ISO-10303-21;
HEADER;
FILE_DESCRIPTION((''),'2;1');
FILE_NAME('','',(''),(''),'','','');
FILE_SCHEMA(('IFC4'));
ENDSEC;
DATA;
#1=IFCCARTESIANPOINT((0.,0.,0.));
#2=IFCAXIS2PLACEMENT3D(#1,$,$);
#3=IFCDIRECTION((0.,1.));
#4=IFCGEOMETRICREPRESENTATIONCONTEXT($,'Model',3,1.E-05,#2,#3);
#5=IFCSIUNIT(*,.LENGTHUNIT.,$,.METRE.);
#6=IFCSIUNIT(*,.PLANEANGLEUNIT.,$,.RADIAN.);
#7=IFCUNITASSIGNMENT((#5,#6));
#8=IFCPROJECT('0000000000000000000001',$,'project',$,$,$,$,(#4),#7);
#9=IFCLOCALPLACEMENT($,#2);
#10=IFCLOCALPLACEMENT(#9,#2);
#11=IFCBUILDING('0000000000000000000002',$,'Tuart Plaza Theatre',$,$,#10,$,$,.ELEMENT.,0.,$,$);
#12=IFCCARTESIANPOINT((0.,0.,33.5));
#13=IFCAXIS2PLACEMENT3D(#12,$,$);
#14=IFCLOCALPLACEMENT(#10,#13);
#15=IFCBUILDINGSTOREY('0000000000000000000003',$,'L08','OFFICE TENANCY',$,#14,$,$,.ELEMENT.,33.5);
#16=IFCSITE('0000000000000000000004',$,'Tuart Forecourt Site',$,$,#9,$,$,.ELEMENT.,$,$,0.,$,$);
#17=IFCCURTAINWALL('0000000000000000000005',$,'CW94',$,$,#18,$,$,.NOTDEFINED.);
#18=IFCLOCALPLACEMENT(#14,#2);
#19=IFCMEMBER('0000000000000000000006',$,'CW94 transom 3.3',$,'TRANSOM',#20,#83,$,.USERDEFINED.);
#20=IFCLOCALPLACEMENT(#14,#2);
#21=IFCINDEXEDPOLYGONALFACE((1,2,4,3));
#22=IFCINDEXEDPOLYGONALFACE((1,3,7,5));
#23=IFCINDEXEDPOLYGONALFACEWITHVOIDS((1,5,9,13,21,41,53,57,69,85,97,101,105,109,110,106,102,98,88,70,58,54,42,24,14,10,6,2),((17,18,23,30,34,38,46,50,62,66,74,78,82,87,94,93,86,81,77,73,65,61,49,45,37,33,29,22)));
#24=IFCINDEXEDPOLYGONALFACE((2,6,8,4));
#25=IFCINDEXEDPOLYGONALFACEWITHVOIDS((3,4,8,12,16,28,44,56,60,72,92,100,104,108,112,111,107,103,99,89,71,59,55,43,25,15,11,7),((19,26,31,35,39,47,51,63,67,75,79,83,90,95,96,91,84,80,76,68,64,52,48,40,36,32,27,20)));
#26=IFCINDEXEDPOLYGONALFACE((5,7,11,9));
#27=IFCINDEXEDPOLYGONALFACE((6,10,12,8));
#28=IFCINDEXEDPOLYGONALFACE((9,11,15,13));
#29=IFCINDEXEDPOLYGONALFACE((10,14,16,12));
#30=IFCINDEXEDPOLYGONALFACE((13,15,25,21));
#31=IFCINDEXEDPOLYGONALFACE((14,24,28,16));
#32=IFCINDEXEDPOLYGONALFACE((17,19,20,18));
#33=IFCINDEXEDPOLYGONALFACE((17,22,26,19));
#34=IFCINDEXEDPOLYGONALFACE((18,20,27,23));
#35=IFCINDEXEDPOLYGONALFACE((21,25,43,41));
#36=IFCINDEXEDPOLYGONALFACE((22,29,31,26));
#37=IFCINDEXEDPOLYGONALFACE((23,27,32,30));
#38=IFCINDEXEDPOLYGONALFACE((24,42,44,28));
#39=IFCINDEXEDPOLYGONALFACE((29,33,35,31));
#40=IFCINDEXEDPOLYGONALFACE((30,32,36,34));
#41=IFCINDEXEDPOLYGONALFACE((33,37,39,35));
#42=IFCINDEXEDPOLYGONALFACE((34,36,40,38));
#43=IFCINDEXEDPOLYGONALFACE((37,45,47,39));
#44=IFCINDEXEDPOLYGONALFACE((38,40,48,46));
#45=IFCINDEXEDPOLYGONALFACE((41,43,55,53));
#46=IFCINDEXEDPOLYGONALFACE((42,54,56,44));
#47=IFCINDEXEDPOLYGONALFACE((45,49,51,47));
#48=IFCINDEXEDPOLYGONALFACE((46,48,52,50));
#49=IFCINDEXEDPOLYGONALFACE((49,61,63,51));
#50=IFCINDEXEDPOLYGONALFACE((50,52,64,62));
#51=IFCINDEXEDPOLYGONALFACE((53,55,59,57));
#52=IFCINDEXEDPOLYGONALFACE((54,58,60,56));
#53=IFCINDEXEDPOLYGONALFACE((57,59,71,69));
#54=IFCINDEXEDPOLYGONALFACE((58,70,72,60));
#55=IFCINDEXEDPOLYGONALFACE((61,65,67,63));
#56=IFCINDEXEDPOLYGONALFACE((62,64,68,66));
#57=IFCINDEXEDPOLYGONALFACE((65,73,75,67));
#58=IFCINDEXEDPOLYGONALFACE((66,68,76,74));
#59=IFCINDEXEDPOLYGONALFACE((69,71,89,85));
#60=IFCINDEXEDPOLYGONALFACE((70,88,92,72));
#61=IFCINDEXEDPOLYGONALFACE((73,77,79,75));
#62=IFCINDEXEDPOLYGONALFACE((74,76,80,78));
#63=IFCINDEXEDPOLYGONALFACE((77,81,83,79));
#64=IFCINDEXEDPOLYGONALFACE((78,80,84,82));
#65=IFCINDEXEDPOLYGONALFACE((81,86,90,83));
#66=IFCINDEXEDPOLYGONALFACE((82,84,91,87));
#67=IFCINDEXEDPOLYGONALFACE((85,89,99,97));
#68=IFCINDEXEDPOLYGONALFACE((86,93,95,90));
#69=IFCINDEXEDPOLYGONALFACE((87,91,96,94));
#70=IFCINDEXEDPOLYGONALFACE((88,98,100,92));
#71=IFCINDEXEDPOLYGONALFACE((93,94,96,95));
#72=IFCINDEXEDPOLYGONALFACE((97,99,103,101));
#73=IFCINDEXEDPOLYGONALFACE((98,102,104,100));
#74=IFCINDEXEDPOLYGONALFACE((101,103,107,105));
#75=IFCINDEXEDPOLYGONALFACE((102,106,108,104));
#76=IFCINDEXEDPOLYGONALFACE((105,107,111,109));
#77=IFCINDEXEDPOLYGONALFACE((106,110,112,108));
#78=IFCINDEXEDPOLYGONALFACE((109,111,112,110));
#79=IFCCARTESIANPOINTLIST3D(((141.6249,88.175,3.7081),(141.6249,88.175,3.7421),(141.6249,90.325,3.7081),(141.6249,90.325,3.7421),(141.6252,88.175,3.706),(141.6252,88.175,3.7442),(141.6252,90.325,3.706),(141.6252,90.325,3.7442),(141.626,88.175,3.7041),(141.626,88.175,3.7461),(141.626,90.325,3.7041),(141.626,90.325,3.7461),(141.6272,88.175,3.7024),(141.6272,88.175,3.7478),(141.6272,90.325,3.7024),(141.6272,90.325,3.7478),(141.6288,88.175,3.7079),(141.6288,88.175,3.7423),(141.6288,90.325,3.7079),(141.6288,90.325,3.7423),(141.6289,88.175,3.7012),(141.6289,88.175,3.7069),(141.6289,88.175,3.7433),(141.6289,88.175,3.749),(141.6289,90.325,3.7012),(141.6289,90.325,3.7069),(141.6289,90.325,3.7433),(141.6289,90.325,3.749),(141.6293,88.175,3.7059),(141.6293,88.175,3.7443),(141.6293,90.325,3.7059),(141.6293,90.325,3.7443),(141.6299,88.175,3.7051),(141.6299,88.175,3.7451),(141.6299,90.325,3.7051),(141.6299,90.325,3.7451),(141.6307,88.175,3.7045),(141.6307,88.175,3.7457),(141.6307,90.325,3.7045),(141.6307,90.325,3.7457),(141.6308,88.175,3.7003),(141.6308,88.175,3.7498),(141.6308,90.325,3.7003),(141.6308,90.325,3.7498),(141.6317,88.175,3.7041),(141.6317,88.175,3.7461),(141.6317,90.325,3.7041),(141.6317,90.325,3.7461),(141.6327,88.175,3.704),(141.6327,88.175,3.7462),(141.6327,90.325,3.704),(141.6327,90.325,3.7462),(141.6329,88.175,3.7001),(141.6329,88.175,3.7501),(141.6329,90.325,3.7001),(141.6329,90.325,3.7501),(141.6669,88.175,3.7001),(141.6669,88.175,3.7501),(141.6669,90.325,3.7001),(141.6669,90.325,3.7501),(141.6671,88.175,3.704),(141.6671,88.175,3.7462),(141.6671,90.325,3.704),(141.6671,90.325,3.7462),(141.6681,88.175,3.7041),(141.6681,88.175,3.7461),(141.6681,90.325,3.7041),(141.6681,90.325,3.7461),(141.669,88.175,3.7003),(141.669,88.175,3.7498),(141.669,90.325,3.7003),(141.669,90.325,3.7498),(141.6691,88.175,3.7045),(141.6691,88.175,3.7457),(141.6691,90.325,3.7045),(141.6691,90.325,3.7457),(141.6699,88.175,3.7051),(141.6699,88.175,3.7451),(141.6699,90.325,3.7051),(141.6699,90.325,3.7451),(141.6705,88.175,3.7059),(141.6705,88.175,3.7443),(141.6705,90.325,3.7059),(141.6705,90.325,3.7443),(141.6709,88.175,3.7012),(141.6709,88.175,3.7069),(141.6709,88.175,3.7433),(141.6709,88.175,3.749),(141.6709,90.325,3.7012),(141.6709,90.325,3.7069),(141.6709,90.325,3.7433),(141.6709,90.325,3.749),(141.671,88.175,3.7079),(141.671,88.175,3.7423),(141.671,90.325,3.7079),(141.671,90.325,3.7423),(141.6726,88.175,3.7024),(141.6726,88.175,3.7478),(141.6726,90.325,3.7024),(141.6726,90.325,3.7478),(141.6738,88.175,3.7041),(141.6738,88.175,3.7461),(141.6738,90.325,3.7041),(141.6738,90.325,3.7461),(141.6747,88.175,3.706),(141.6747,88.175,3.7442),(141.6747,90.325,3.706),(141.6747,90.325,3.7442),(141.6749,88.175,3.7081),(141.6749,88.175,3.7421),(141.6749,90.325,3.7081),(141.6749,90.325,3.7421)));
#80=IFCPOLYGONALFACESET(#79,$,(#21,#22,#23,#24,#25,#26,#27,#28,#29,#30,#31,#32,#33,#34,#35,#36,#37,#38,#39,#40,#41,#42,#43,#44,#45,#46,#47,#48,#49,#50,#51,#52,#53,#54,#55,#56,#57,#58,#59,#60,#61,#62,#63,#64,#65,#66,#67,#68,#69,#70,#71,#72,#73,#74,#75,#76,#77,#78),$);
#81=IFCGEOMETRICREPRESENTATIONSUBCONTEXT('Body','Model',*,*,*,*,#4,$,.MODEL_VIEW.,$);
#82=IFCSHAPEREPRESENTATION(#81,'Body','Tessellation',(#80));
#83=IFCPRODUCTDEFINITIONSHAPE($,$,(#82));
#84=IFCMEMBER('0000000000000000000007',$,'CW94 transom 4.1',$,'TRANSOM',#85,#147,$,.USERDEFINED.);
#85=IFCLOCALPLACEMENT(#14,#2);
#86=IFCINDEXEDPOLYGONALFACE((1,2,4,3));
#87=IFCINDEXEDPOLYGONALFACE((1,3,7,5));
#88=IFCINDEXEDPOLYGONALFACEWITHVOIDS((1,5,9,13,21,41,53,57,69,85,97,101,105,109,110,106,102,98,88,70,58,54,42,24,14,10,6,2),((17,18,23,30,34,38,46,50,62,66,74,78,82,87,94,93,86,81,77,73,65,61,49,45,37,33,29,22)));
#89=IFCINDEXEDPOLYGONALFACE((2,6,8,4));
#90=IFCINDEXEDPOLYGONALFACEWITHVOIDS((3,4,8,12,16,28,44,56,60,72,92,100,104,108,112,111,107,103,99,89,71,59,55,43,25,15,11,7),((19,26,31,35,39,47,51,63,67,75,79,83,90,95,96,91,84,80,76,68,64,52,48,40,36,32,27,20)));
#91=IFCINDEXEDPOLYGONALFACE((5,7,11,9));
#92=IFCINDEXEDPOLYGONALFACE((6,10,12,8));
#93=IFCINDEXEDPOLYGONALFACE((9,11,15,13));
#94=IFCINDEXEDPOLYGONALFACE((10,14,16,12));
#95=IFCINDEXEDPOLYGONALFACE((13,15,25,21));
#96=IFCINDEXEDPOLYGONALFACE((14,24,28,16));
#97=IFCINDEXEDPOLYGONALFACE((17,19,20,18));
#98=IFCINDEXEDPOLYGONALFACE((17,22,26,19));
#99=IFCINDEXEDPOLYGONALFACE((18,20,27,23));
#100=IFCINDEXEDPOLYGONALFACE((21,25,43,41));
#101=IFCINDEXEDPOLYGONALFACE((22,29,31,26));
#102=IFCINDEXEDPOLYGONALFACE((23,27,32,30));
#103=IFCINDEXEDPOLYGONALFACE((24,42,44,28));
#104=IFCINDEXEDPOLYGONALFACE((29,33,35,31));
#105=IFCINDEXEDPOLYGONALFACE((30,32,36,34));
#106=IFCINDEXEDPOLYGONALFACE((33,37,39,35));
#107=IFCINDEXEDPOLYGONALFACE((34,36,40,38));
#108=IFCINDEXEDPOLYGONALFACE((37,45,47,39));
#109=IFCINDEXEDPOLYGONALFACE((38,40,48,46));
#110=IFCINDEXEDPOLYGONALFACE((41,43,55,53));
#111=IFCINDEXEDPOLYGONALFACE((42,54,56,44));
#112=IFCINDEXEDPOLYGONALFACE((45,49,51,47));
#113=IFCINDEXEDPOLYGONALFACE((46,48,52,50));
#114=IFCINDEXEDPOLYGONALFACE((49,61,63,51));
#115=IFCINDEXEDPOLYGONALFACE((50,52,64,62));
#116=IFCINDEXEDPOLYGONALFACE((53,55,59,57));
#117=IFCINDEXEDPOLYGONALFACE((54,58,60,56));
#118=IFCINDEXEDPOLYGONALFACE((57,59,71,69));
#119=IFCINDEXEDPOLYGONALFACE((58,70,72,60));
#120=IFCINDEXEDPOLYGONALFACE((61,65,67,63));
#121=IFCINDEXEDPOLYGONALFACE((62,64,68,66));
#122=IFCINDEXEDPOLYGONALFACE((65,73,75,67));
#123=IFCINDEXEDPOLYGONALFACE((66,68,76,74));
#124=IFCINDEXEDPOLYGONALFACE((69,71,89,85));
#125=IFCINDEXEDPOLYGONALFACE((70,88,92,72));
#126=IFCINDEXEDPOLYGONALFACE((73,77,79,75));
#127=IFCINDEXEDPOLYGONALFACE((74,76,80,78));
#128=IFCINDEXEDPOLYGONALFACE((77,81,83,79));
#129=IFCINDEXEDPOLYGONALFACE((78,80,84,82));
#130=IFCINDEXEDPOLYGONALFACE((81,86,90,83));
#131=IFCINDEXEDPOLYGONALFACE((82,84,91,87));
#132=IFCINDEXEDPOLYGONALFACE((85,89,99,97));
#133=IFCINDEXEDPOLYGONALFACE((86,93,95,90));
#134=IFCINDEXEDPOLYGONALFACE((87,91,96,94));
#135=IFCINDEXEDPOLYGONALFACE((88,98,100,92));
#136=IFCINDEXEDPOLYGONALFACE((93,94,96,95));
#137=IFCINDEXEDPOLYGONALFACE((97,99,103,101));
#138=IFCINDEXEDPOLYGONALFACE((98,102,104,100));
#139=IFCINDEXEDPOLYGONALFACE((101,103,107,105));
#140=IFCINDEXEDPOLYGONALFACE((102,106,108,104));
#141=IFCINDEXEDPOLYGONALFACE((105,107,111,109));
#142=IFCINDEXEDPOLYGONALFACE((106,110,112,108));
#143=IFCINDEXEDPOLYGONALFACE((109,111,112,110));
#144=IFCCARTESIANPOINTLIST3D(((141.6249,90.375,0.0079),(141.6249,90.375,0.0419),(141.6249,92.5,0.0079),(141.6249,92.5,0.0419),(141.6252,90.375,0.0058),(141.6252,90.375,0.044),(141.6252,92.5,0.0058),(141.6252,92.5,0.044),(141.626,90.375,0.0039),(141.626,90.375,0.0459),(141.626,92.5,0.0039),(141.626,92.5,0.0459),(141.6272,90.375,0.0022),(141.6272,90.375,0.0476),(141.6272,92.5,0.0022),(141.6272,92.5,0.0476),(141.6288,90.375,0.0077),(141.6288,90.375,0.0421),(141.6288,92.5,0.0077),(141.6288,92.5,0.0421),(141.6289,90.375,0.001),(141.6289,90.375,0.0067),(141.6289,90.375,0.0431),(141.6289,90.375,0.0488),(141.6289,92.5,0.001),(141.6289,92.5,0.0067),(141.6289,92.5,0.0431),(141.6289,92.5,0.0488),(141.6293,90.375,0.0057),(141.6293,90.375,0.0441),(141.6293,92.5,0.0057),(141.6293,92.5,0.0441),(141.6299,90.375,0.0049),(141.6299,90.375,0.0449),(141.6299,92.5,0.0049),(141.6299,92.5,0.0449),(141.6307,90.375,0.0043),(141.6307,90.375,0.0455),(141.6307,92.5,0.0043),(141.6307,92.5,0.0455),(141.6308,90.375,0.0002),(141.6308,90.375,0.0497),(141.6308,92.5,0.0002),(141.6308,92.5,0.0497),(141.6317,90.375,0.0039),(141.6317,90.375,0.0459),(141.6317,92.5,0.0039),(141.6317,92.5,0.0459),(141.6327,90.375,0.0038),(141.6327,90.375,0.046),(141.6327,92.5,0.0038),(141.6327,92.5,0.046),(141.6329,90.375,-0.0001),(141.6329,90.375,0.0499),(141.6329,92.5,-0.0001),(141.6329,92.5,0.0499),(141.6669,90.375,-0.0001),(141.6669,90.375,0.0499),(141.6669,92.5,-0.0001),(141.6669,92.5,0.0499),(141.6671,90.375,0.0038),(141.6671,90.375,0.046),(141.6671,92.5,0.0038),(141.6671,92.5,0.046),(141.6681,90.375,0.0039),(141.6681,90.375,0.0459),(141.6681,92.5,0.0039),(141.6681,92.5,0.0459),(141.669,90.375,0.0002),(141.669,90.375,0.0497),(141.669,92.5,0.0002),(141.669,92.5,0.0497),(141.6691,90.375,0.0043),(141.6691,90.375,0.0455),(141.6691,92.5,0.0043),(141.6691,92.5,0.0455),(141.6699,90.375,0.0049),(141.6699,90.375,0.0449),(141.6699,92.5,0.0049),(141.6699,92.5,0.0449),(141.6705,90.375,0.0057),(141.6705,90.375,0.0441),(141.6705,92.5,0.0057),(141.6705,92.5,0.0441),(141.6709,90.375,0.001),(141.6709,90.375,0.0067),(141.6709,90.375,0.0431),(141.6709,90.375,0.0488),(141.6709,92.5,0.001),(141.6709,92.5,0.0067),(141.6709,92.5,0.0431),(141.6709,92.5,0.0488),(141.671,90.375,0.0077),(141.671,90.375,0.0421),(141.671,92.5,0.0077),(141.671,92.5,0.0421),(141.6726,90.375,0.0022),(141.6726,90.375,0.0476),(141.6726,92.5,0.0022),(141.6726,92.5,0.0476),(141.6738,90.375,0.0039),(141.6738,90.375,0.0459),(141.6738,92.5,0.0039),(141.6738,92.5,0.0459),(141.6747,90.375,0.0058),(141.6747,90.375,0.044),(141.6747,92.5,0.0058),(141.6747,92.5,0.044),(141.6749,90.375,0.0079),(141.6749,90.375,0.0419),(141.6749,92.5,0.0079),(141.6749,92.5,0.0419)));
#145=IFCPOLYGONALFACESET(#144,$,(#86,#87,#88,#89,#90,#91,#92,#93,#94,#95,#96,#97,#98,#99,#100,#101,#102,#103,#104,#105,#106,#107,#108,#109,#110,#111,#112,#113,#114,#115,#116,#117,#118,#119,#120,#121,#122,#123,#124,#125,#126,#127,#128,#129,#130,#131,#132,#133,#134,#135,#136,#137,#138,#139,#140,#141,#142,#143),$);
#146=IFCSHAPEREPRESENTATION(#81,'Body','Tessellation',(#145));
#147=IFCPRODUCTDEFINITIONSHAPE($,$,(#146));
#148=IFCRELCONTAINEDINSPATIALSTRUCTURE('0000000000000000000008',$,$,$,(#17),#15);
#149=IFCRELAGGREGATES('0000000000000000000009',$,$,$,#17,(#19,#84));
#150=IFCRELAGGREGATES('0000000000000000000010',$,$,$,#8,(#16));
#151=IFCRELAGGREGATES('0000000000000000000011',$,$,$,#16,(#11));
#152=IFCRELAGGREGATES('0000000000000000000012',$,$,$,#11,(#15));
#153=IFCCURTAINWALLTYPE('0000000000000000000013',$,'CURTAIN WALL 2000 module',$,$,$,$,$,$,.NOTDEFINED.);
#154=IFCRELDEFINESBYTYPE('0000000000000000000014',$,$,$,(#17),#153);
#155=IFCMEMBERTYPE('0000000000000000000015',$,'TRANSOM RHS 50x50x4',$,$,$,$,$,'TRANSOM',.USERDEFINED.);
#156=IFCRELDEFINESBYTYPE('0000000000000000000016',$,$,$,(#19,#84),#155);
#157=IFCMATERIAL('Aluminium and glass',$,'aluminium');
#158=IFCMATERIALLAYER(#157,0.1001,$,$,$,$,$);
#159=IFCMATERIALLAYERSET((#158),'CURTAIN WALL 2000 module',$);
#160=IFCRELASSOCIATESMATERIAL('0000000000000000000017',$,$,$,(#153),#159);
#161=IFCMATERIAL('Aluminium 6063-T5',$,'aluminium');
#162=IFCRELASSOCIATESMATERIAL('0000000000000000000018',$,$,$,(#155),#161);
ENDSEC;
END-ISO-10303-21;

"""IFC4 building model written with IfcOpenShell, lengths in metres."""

from ifc_helpers import new_model, si_unit, direction, frame, origin, origin_2d, place, context, subcontext, project, spatial, hollow_rectangle, extrude, material, layer, layer_set, material_profile, profile_set, type_object, element, aggregate, save


model = new_model("IFC4")

# Units and contexts
model_context = context("Model", 3, precision=1e-05, world=origin(), true_north=direction((0.0, 1.0)))
body_context = subcontext(model_context, "Body", "Model", "MODEL_VIEW")
ifc_project = project(units=[si_unit("LENGTHUNIT", "METRE"), si_unit("PLANEANGLEUNIT", "RADIAN")], contexts=[model_context])

# Site, building, storey
site_placement = place(None, origin())
site = spatial("IfcSite", under=ifc_project, at=site_placement, Name="Tuart Forecourt Site", CompositionType="ELEMENT", RefElevation=0.0)
building_placement = place(site_placement, origin())
building = spatial("IfcBuilding", under=site, at=building_placement, Name="Tuart Plaza Theatre", CompositionType="ELEMENT", ElevationOfRefHeight=0.0)
storey_placement = place(building_placement, frame((0.0, 0.0, 33.5)))
storey = spatial("IfcBuildingStorey", under=building, at=storey_placement, Name="L08", Description="OFFICE TENANCY", CompositionType="ELEMENT", Elevation=33.5)

# Curtain wall, members
ifc_material_1 = material(Name="Aluminium and glass", Category="aluminium")
ifc_layer_1 = layer(ifc_material_1, 0.1001)
ifc_layer_set_1 = layer_set([ifc_layer_1], Name="CURTAIN WALL 2000 module")
curtain_wall_type = type_object("IfcCurtainWallType", Name="CURTAIN WALL 2000 module", PredefinedType="NOTDEFINED", material=ifc_layer_set_1)
curtain_wall_placement = place(storey_placement, origin())
curtain_wall = element("IfcCurtainWall", 1, at=curtain_wall_placement, inside=storey, type_object=curtain_wall_type, Name="CW94", PredefinedType="NOTDEFINED")
ifc_material_2 = material(Name="Aluminium 6063-T5", Category="aluminium")
ifc_material_profile_1 = material_profile(ifc_material_2, hollow_rectangle(XDim=0.05, YDim=0.05, WallThickness=0.0039, InnerFilletRadius=0.0039, OuterFilletRadius=0.0081, at=origin_2d()), Name="RHS 50x50x4")
ifc_profile_set_1 = profile_set([ifc_material_profile_1], Name="Aluminium 6063-T5")
member_type_1 = type_object("IfcMemberType", Name="TRANSOM RHS 50x50x4", ElementType="TRANSOM", PredefinedType="USERDEFINED", material=ifc_profile_set_1)
member_1_placement = place(storey_placement, frame((141.6499, 88.175, 3.7251), z_axis=(0.0, 1.0, 0.0), x_axis=(-1.0, 0.0, 0.0)))
member_1 = element("IfcMember", 2, at=member_1_placement, type_object=member_type_1, Name="CW94 transom 3.3", ObjectType="TRANSOM", PredefinedType="USERDEFINED", context=body_context, shape_type="SweptSolid", body=[
    extrude(hollow_rectangle(XDim=0.05, YDim=0.05, WallThickness=0.0039, InnerFilletRadius=0.0039, OuterFilletRadius=0.0081, at=origin_2d()), origin(), (0.0, 0.0, 1.0), 2.1499),
])
member_2_placement = place(storey_placement, frame((141.6499, 90.375, 0.0249), z_axis=(0.0, 1.0, 0.0), x_axis=(-1.0, 0.0, 0.0)))
member_2 = element("IfcMember", 3, at=member_2_placement, type_object=member_type_1, Name="CW94 transom 4.1", ObjectType="TRANSOM", PredefinedType="USERDEFINED", context=body_context, shape_type="SweptSolid", body=[
    extrude(hollow_rectangle(XDim=0.05, YDim=0.05, WallThickness=0.0039, InnerFilletRadius=0.0039, OuterFilletRadius=0.0081, at=origin_2d()), origin(), (0.0, 0.0, 1.0), 2.125),
])
aggregate(curtain_wall, [member_1, member_2])

save(model, "model.ifc")
